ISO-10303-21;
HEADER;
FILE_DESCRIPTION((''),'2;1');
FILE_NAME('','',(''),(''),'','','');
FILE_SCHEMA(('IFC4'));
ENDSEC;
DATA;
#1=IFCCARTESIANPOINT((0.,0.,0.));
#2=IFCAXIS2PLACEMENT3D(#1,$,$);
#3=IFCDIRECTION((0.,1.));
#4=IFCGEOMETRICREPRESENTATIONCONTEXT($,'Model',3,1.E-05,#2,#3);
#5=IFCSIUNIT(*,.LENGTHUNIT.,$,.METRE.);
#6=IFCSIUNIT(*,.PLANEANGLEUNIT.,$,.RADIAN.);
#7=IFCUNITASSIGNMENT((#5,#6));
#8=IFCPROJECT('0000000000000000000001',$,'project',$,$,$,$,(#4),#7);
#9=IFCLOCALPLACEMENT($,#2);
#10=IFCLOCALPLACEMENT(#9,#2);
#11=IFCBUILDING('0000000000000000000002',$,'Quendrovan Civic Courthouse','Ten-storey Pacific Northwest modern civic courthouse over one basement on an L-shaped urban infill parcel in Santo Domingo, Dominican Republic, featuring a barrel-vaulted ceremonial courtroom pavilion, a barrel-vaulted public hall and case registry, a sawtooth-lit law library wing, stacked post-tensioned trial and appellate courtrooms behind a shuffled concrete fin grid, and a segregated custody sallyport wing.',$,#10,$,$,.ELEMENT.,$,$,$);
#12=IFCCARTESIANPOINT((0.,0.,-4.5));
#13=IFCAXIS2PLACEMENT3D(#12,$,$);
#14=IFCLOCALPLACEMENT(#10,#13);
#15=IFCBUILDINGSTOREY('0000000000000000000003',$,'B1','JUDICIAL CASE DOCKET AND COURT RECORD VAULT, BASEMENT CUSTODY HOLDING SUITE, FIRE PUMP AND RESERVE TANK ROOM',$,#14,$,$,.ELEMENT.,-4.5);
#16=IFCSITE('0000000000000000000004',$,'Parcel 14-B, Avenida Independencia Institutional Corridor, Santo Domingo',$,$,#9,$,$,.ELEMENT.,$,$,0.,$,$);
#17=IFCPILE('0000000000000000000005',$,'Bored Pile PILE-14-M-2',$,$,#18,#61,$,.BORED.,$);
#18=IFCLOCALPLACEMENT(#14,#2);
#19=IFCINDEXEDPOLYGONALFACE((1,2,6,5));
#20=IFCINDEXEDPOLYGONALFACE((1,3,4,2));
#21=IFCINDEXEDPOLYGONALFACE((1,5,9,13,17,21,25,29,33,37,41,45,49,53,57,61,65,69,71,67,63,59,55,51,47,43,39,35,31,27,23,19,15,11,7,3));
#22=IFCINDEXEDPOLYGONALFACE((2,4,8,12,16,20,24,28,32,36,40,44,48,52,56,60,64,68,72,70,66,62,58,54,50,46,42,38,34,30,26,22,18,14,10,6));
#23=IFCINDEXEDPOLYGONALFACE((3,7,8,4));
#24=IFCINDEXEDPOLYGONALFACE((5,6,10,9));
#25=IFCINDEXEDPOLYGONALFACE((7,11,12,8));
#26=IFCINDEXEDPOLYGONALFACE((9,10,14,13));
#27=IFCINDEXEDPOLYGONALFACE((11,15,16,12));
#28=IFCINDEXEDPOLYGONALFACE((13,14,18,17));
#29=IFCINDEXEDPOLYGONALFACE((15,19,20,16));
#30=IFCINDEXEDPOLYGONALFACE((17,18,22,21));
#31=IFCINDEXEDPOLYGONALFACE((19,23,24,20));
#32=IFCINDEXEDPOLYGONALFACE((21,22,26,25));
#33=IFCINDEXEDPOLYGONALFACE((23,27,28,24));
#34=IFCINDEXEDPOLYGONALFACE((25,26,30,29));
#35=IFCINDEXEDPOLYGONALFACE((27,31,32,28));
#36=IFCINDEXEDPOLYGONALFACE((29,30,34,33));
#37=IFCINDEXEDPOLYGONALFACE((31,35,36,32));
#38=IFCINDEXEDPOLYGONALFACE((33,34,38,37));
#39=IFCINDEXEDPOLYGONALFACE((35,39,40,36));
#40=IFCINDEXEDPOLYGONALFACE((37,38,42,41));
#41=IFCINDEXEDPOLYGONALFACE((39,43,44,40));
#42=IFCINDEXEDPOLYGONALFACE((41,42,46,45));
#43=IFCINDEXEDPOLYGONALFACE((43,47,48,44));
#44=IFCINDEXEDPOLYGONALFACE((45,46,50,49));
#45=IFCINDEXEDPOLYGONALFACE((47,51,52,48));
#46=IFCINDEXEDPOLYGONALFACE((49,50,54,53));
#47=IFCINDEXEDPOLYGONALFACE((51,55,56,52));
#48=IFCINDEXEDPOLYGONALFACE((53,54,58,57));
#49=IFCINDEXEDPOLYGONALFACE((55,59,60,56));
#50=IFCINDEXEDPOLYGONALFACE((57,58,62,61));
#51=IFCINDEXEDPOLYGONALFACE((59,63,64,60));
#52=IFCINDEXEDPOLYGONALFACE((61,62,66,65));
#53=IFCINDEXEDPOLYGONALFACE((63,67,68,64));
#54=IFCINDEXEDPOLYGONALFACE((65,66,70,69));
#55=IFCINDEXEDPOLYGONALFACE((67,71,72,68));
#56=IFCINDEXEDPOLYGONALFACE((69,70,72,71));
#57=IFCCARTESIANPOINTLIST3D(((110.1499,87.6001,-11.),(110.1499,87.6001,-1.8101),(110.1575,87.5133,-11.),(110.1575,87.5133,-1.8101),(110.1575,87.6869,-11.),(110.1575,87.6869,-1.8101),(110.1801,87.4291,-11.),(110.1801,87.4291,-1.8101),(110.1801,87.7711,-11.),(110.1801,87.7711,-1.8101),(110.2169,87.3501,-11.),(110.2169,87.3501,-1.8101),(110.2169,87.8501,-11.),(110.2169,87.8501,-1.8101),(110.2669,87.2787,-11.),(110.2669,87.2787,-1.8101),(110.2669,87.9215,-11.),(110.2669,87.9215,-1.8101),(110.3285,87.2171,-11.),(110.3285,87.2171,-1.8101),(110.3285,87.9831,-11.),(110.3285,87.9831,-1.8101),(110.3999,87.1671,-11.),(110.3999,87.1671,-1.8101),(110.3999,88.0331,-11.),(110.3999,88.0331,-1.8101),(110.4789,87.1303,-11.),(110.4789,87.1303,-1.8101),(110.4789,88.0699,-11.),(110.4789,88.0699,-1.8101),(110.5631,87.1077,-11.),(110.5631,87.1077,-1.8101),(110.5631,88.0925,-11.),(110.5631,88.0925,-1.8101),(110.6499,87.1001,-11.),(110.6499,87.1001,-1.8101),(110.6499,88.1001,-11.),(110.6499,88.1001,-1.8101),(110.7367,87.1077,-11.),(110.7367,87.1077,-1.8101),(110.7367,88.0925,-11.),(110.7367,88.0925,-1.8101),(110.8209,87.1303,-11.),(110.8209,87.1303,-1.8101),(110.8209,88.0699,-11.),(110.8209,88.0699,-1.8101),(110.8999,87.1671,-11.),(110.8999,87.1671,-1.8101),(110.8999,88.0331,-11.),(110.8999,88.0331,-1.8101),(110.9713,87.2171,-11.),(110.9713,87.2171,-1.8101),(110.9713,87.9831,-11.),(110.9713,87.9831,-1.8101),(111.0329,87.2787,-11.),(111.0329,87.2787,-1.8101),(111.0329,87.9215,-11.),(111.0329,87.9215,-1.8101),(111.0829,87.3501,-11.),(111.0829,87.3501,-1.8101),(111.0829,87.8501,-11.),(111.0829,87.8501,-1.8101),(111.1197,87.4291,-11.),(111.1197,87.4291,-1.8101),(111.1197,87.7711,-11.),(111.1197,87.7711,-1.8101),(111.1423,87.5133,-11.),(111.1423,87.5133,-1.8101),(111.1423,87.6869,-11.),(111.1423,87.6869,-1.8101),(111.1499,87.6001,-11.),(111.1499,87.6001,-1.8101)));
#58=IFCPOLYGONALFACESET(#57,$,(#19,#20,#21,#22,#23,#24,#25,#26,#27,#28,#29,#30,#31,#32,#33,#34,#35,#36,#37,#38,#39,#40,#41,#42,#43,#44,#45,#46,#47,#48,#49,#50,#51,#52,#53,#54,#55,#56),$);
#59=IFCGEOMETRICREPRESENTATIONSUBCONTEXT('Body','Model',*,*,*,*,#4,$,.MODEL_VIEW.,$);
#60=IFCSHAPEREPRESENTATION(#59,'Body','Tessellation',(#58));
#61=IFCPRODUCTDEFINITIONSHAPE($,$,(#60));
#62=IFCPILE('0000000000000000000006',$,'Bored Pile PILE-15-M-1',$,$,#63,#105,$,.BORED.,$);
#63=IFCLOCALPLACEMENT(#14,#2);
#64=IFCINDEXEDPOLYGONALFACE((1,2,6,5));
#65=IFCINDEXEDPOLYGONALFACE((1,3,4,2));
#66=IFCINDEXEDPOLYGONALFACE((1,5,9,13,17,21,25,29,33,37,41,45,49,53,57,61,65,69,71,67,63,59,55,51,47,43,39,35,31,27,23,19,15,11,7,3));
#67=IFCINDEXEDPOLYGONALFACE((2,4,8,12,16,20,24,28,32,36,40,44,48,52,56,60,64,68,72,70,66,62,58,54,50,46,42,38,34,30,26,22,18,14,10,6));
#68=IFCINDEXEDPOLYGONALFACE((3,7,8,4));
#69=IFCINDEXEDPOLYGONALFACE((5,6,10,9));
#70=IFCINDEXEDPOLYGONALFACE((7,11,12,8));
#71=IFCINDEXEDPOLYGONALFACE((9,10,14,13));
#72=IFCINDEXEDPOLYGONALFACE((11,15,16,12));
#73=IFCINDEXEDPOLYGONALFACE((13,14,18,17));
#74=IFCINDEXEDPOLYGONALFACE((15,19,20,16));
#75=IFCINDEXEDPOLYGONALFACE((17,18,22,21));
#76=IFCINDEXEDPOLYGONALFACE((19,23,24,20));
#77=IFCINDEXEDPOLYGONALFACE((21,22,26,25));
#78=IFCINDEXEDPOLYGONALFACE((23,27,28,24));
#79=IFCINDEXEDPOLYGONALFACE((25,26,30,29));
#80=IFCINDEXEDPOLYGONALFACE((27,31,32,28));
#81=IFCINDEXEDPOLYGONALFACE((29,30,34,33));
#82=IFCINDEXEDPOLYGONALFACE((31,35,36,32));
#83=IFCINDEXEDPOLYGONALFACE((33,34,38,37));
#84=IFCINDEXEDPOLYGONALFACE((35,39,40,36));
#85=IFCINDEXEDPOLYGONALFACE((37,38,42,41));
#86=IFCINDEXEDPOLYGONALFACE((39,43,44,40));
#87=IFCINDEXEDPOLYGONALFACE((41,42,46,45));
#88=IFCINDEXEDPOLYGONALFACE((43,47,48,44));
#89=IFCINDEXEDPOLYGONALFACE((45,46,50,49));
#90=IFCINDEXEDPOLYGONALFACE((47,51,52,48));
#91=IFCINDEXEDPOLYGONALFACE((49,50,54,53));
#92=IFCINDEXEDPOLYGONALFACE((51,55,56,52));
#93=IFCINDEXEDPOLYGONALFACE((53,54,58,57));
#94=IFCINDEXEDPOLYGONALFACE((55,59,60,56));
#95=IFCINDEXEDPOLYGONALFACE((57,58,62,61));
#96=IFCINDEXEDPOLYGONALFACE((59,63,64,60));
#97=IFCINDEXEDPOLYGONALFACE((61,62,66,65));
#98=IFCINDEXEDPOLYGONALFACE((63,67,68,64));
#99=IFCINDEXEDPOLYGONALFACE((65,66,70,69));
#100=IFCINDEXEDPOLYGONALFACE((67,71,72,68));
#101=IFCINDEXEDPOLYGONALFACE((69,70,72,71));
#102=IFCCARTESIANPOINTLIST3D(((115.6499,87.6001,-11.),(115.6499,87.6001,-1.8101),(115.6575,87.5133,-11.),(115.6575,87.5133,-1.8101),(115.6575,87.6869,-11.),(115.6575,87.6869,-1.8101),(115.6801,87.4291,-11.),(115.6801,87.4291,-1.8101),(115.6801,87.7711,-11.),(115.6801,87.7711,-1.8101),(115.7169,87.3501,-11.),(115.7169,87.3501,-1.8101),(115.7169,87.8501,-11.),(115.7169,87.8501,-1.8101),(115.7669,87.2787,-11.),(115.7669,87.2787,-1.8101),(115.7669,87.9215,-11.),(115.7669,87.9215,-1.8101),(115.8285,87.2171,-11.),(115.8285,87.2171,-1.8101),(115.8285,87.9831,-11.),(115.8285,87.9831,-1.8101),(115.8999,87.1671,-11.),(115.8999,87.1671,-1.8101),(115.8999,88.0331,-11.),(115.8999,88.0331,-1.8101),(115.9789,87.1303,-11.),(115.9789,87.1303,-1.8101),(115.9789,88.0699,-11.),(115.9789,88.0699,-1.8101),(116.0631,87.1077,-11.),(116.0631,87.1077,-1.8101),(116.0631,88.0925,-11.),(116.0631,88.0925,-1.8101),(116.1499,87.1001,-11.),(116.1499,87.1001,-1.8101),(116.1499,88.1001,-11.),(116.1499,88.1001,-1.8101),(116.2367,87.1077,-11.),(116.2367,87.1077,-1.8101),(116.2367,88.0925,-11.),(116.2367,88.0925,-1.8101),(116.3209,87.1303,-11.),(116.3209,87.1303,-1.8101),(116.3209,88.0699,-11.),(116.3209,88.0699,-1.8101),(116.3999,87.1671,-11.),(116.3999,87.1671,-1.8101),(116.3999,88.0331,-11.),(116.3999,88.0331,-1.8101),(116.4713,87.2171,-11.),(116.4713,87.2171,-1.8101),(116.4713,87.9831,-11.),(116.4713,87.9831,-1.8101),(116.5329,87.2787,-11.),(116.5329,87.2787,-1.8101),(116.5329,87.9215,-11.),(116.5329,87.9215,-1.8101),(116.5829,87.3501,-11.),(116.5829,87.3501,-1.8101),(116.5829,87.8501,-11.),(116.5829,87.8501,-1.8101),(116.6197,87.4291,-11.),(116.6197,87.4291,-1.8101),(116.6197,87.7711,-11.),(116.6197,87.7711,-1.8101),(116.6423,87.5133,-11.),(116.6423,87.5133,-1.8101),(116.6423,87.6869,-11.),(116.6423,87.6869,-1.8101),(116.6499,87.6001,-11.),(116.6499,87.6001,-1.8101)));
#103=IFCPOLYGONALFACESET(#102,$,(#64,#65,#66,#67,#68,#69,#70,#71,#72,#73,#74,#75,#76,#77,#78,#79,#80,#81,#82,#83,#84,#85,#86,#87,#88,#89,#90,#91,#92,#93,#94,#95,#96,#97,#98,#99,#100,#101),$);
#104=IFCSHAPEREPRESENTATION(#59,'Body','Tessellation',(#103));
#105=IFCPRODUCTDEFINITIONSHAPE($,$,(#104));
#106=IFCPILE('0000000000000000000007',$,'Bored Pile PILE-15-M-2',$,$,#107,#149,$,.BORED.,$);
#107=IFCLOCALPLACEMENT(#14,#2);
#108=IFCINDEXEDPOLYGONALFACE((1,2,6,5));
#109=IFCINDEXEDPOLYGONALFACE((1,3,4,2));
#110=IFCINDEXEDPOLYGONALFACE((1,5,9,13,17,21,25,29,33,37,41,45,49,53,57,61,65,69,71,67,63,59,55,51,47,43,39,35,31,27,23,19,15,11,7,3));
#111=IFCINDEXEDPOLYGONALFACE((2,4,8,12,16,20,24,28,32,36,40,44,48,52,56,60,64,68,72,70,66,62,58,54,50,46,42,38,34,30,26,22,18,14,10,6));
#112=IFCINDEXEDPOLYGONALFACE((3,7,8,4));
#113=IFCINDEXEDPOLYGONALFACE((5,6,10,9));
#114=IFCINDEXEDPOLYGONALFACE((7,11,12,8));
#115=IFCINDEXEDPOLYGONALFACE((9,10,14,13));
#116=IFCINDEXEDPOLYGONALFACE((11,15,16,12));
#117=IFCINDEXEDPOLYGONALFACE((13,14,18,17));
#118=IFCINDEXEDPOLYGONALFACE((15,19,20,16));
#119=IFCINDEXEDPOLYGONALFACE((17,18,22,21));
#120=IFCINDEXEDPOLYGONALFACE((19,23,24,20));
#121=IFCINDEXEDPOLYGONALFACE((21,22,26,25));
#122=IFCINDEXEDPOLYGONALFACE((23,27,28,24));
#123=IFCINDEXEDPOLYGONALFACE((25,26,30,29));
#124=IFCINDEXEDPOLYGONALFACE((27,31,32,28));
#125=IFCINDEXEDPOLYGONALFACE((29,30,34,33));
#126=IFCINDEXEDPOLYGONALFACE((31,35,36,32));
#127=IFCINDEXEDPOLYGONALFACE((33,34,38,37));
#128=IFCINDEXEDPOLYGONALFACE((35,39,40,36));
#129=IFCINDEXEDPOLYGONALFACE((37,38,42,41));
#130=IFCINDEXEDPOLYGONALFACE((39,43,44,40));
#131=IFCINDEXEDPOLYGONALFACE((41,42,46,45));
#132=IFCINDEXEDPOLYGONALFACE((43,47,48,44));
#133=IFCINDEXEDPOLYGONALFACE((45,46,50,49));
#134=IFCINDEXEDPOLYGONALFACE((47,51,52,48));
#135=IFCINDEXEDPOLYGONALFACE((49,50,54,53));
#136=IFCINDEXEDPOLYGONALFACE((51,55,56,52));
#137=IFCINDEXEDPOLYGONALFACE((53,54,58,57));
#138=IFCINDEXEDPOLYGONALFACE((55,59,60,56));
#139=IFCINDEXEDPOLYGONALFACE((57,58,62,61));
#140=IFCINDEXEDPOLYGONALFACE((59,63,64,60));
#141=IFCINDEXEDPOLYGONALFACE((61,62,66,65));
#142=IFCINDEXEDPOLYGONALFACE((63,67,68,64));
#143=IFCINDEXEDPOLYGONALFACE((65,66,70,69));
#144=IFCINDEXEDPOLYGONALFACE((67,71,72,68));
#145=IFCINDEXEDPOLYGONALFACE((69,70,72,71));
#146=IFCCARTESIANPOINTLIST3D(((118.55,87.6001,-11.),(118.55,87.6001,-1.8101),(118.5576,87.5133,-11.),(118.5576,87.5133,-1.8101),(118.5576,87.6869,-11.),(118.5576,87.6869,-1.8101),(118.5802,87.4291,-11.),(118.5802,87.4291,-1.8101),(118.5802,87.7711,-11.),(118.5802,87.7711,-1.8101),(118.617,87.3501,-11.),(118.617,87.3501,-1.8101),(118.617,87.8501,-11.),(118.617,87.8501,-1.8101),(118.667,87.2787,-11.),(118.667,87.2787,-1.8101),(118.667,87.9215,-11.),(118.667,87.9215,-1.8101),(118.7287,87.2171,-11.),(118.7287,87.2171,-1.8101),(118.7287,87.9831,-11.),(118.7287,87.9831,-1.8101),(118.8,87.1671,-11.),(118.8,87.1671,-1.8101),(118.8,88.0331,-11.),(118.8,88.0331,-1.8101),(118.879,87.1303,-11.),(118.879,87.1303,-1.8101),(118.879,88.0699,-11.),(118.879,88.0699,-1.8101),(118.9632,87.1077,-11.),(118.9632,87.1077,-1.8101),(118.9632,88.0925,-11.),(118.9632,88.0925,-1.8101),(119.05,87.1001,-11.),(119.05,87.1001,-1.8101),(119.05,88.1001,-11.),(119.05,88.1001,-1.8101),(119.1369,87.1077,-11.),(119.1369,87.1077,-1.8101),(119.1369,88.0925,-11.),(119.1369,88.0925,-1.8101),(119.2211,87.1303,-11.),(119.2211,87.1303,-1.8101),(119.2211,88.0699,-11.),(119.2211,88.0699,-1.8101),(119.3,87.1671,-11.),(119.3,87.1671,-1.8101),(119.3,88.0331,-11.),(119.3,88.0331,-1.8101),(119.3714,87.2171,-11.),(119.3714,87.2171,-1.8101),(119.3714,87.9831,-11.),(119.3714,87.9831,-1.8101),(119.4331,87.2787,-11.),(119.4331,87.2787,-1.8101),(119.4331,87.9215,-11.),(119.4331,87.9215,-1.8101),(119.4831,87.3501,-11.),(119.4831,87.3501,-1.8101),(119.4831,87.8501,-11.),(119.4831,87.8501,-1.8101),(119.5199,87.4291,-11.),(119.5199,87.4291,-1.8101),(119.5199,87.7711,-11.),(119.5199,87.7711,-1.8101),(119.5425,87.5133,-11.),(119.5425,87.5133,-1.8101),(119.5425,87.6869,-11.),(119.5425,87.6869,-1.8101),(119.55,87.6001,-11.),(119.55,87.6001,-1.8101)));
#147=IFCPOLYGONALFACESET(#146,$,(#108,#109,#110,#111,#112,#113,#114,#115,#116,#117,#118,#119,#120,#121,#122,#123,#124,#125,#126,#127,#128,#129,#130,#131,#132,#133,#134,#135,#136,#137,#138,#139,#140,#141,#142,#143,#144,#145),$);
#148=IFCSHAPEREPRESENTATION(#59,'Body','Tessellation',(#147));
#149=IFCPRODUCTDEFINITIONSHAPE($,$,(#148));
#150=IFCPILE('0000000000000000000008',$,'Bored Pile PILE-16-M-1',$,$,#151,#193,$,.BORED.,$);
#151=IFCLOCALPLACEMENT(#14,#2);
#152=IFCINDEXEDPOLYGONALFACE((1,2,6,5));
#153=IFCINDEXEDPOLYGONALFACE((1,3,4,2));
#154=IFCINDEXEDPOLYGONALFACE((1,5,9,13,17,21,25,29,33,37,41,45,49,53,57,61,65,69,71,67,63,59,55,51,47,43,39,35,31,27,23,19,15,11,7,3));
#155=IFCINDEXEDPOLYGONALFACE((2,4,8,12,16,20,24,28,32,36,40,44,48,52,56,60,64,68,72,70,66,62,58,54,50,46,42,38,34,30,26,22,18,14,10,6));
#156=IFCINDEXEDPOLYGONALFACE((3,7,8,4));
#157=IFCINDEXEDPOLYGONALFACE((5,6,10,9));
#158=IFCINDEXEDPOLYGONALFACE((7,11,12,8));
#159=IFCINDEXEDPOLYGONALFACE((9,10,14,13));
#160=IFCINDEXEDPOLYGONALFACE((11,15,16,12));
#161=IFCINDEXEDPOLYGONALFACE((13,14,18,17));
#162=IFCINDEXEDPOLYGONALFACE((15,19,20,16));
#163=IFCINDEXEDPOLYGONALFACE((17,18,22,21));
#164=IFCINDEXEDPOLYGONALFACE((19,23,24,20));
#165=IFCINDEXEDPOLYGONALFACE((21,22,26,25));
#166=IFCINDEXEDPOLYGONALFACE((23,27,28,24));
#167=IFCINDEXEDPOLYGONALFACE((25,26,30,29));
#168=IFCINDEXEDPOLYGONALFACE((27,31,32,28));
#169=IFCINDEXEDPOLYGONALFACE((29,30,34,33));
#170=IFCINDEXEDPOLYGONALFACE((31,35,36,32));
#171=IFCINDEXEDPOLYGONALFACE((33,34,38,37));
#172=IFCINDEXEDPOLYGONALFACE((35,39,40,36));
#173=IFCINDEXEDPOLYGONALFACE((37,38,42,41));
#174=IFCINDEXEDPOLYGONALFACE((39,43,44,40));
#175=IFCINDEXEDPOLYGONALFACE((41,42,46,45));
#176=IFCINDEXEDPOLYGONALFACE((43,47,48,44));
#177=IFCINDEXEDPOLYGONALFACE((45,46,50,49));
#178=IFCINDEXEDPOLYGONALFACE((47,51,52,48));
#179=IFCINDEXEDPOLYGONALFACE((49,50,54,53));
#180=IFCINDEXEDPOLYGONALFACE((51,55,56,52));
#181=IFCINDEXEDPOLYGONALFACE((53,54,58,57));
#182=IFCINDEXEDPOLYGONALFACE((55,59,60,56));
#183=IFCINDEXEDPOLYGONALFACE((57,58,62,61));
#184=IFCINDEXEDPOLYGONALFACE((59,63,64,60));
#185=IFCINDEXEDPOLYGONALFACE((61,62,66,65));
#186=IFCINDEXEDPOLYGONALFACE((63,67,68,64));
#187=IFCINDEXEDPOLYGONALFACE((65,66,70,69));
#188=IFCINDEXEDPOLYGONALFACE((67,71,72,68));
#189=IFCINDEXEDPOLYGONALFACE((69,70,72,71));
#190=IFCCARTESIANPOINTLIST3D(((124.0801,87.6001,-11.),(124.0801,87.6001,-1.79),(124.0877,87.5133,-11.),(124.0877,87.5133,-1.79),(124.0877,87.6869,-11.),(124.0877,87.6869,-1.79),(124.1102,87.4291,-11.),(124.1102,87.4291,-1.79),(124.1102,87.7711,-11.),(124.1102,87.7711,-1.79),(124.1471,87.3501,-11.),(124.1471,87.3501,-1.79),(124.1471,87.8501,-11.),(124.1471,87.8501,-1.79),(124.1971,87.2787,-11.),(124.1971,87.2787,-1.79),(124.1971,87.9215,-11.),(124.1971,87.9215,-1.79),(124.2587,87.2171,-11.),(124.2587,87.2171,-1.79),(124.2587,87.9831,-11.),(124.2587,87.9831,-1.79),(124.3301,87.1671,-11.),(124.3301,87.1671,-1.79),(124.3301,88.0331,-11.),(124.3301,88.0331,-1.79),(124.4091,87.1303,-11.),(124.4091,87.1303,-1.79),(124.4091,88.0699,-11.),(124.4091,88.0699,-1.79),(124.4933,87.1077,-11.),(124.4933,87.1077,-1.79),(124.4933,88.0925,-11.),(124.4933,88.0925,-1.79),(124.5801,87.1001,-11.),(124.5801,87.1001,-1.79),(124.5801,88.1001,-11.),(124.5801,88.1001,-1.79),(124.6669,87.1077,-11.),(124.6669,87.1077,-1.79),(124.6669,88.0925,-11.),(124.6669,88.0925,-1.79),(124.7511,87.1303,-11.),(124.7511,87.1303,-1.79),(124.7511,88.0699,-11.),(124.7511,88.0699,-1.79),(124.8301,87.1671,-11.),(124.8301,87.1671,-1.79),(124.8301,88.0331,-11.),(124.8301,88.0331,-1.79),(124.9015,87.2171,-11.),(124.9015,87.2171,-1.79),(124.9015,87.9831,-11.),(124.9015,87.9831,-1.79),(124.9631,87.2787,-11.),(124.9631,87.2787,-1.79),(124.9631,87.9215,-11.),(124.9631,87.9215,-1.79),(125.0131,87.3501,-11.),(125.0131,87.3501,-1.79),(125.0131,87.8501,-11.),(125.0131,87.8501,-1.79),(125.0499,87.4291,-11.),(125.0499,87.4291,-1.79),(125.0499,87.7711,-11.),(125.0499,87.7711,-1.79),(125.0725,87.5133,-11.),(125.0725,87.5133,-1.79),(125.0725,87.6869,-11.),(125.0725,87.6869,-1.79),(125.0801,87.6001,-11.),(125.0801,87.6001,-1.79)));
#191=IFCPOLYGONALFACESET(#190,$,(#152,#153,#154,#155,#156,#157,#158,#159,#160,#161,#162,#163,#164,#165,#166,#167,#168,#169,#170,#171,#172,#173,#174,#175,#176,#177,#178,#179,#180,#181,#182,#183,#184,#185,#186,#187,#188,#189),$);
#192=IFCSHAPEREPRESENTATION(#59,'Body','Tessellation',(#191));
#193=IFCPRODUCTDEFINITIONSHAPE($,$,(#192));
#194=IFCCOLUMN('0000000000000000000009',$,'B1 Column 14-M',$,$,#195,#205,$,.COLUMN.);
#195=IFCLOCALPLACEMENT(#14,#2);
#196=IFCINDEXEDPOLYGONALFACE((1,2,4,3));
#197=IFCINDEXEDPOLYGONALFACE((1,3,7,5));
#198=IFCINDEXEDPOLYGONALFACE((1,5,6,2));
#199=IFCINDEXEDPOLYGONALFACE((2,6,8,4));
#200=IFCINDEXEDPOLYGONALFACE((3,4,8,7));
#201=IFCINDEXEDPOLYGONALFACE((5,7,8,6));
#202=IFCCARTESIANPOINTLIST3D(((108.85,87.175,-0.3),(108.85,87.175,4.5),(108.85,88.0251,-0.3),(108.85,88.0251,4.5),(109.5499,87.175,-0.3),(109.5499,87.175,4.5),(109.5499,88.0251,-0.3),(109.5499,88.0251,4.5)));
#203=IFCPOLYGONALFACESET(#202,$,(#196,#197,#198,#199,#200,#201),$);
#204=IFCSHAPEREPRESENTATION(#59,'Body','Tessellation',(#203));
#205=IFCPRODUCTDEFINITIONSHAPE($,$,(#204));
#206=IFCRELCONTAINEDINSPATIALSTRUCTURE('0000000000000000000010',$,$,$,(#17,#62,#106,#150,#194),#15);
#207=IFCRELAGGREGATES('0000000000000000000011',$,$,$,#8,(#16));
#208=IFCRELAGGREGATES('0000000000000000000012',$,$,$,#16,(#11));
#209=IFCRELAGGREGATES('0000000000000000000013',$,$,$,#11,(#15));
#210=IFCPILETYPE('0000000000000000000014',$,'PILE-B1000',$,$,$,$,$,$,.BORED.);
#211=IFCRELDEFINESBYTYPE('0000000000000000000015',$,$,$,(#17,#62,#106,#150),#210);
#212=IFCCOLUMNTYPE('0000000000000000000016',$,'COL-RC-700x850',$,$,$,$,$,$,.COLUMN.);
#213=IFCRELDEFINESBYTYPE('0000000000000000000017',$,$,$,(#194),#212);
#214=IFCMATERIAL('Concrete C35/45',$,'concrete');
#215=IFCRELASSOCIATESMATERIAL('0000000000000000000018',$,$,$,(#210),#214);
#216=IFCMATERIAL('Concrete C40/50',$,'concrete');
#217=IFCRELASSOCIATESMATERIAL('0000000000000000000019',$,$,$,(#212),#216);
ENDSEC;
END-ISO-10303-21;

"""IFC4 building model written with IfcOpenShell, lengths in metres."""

from ifc_helpers import new_model, si_unit, direction, frame, origin, origin_2d, place, context, subcontext, project, spatial, rectangle, circle, extrude, material, material_profile, profile_set, type_object, element, save


model = new_model("IFC4")

# Units and contexts
model_context = context("Model", 3, precision=1e-05, world=origin(), true_north=direction((0.0, 1.0)))
body_context = subcontext(model_context, "Body", "Model", "MODEL_VIEW")
ifc_project = project(units=[si_unit("LENGTHUNIT", "METRE"), si_unit("PLANEANGLEUNIT", "RADIAN")], contexts=[model_context])

# Site, building, storey
site_placement = place(None, origin())
site = spatial("IfcSite", under=ifc_project, at=site_placement, Name="Parcel 14-B, Avenida Independencia Institutional Corridor, Santo Domingo", CompositionType="ELEMENT", RefElevation=0.0)
building_placement = place(site_placement, origin())
building = spatial("IfcBuilding", under=site, at=building_placement, Name="Quendrovan Civic Courthouse", Description="Ten-storey Pacific Northwest modern civic courthouse over one basement on an L-shaped urban infill parcel in Santo Domingo, Dominican Republic, featuring a barrel-vaulted ceremonial courtroom pavilion, a barrel-vaulted public hall and case registry, a sawtooth-lit law library wing, stacked post-tensioned trial and appellate courtrooms behind a shuffled concrete fin grid, and a segregated custody sallyport wing.", CompositionType="ELEMENT")
storey_placement = place(building_placement, frame((0.0, 0.0, -4.5)))
storey = spatial("IfcBuildingStorey", under=building, at=storey_placement, Name="B1", Description="JUDICIAL CASE DOCKET AND COURT RECORD VAULT, BASEMENT CUSTODY HOLDING SUITE, FIRE PUMP AND RESERVE TANK ROOM", CompositionType="ELEMENT", Elevation=-4.5)

# Shared definitions
ifc_material_1 = material(Name="Concrete C35/45", Category="concrete")

# Piles
ifc_material_profile_1 = material_profile(ifc_material_1, circle(Radius=0.5, at=origin_2d()), Name="PILE-D1000")
ifc_profile_set_1 = profile_set([ifc_material_profile_1], Name="Concrete C35/45")
pile_type = type_object("IfcPileType", Name="PILE-B1000", PredefinedType="BORED", material=ifc_profile_set_1)
for number, where, z_axis, x_axis, name in (
    (1, (110.6499, 87.6001, -1.8101), (0.0, 0.0, -1.0), (1.0, 0.0, 0.0), "Bored Pile PILE-14-M-2"),
    (2, (116.1499, 87.6001, -1.8101), (0.0, 0.0, -1.0), (1.0, 0.0, 0.0), "Bored Pile PILE-15-M-1"),
    (3, (119.05, 87.6001, -1.8101), (0.0, 0.0, -1.0), (1.0, 0.0, 0.0), "Bored Pile PILE-15-M-2"),
):
    element("IfcPile", number, at=place(storey_placement, frame(where, z_axis=z_axis, x_axis=x_axis)), inside=storey, type_object=pile_type, Name=name, PredefinedType="BORED", context=body_context, shape_type="SweptSolid", body=[
        extrude(circle(Radius=0.5, at=origin_2d()), origin(), (0.0, 0.0, 1.0), 9.1899),
    ])
pile_1_placement = place(storey_placement, frame((124.5801, 87.6001, -1.79), z_axis=(0.0, 0.0, -1.0), x_axis=(1.0, 0.0, 0.0)))
element("IfcPile", 4, at=pile_1_placement, inside=storey, type_object=pile_type, Name="Bored Pile PILE-16-M-1", PredefinedType="BORED", context=body_context, shape_type="SweptSolid", body=[
    extrude(circle(Radius=0.5, at=origin_2d()), origin(), (0.0, 0.0, 1.0), 9.21),
])

# Column
ifc_material_2 = material(Name="Concrete C40/50", Category="concrete")
ifc_material_profile_2 = material_profile(ifc_material_2, rectangle(XDim=0.7, YDim=0.8501, at=origin_2d()), Name="RC-COL-700x850")
ifc_profile_set_2 = profile_set([ifc_material_profile_2], Name="Concrete C40/50")
column_type_1 = type_object("IfcColumnType", Name="COL-RC-700x850", PredefinedType="COLUMN", material=ifc_profile_set_2)
column_1_placement = place(storey_placement, frame((109.2, 87.6001, -0.3), z_axis=(0.0, 0.0, 1.0), x_axis=(1.0, 0.0, 0.0)))
element("IfcColumn", 5, at=column_1_placement, inside=storey, type_object=column_type_1, Name="B1 Column 14-M", PredefinedType="COLUMN", context=body_context, shape_type="SweptSolid", body=[
    extrude(rectangle(XDim=0.7, YDim=0.8501, at=origin_2d()), origin(), (0.0, 0.0, 1.0), 4.8),
])

save(model, "model.ifc")
